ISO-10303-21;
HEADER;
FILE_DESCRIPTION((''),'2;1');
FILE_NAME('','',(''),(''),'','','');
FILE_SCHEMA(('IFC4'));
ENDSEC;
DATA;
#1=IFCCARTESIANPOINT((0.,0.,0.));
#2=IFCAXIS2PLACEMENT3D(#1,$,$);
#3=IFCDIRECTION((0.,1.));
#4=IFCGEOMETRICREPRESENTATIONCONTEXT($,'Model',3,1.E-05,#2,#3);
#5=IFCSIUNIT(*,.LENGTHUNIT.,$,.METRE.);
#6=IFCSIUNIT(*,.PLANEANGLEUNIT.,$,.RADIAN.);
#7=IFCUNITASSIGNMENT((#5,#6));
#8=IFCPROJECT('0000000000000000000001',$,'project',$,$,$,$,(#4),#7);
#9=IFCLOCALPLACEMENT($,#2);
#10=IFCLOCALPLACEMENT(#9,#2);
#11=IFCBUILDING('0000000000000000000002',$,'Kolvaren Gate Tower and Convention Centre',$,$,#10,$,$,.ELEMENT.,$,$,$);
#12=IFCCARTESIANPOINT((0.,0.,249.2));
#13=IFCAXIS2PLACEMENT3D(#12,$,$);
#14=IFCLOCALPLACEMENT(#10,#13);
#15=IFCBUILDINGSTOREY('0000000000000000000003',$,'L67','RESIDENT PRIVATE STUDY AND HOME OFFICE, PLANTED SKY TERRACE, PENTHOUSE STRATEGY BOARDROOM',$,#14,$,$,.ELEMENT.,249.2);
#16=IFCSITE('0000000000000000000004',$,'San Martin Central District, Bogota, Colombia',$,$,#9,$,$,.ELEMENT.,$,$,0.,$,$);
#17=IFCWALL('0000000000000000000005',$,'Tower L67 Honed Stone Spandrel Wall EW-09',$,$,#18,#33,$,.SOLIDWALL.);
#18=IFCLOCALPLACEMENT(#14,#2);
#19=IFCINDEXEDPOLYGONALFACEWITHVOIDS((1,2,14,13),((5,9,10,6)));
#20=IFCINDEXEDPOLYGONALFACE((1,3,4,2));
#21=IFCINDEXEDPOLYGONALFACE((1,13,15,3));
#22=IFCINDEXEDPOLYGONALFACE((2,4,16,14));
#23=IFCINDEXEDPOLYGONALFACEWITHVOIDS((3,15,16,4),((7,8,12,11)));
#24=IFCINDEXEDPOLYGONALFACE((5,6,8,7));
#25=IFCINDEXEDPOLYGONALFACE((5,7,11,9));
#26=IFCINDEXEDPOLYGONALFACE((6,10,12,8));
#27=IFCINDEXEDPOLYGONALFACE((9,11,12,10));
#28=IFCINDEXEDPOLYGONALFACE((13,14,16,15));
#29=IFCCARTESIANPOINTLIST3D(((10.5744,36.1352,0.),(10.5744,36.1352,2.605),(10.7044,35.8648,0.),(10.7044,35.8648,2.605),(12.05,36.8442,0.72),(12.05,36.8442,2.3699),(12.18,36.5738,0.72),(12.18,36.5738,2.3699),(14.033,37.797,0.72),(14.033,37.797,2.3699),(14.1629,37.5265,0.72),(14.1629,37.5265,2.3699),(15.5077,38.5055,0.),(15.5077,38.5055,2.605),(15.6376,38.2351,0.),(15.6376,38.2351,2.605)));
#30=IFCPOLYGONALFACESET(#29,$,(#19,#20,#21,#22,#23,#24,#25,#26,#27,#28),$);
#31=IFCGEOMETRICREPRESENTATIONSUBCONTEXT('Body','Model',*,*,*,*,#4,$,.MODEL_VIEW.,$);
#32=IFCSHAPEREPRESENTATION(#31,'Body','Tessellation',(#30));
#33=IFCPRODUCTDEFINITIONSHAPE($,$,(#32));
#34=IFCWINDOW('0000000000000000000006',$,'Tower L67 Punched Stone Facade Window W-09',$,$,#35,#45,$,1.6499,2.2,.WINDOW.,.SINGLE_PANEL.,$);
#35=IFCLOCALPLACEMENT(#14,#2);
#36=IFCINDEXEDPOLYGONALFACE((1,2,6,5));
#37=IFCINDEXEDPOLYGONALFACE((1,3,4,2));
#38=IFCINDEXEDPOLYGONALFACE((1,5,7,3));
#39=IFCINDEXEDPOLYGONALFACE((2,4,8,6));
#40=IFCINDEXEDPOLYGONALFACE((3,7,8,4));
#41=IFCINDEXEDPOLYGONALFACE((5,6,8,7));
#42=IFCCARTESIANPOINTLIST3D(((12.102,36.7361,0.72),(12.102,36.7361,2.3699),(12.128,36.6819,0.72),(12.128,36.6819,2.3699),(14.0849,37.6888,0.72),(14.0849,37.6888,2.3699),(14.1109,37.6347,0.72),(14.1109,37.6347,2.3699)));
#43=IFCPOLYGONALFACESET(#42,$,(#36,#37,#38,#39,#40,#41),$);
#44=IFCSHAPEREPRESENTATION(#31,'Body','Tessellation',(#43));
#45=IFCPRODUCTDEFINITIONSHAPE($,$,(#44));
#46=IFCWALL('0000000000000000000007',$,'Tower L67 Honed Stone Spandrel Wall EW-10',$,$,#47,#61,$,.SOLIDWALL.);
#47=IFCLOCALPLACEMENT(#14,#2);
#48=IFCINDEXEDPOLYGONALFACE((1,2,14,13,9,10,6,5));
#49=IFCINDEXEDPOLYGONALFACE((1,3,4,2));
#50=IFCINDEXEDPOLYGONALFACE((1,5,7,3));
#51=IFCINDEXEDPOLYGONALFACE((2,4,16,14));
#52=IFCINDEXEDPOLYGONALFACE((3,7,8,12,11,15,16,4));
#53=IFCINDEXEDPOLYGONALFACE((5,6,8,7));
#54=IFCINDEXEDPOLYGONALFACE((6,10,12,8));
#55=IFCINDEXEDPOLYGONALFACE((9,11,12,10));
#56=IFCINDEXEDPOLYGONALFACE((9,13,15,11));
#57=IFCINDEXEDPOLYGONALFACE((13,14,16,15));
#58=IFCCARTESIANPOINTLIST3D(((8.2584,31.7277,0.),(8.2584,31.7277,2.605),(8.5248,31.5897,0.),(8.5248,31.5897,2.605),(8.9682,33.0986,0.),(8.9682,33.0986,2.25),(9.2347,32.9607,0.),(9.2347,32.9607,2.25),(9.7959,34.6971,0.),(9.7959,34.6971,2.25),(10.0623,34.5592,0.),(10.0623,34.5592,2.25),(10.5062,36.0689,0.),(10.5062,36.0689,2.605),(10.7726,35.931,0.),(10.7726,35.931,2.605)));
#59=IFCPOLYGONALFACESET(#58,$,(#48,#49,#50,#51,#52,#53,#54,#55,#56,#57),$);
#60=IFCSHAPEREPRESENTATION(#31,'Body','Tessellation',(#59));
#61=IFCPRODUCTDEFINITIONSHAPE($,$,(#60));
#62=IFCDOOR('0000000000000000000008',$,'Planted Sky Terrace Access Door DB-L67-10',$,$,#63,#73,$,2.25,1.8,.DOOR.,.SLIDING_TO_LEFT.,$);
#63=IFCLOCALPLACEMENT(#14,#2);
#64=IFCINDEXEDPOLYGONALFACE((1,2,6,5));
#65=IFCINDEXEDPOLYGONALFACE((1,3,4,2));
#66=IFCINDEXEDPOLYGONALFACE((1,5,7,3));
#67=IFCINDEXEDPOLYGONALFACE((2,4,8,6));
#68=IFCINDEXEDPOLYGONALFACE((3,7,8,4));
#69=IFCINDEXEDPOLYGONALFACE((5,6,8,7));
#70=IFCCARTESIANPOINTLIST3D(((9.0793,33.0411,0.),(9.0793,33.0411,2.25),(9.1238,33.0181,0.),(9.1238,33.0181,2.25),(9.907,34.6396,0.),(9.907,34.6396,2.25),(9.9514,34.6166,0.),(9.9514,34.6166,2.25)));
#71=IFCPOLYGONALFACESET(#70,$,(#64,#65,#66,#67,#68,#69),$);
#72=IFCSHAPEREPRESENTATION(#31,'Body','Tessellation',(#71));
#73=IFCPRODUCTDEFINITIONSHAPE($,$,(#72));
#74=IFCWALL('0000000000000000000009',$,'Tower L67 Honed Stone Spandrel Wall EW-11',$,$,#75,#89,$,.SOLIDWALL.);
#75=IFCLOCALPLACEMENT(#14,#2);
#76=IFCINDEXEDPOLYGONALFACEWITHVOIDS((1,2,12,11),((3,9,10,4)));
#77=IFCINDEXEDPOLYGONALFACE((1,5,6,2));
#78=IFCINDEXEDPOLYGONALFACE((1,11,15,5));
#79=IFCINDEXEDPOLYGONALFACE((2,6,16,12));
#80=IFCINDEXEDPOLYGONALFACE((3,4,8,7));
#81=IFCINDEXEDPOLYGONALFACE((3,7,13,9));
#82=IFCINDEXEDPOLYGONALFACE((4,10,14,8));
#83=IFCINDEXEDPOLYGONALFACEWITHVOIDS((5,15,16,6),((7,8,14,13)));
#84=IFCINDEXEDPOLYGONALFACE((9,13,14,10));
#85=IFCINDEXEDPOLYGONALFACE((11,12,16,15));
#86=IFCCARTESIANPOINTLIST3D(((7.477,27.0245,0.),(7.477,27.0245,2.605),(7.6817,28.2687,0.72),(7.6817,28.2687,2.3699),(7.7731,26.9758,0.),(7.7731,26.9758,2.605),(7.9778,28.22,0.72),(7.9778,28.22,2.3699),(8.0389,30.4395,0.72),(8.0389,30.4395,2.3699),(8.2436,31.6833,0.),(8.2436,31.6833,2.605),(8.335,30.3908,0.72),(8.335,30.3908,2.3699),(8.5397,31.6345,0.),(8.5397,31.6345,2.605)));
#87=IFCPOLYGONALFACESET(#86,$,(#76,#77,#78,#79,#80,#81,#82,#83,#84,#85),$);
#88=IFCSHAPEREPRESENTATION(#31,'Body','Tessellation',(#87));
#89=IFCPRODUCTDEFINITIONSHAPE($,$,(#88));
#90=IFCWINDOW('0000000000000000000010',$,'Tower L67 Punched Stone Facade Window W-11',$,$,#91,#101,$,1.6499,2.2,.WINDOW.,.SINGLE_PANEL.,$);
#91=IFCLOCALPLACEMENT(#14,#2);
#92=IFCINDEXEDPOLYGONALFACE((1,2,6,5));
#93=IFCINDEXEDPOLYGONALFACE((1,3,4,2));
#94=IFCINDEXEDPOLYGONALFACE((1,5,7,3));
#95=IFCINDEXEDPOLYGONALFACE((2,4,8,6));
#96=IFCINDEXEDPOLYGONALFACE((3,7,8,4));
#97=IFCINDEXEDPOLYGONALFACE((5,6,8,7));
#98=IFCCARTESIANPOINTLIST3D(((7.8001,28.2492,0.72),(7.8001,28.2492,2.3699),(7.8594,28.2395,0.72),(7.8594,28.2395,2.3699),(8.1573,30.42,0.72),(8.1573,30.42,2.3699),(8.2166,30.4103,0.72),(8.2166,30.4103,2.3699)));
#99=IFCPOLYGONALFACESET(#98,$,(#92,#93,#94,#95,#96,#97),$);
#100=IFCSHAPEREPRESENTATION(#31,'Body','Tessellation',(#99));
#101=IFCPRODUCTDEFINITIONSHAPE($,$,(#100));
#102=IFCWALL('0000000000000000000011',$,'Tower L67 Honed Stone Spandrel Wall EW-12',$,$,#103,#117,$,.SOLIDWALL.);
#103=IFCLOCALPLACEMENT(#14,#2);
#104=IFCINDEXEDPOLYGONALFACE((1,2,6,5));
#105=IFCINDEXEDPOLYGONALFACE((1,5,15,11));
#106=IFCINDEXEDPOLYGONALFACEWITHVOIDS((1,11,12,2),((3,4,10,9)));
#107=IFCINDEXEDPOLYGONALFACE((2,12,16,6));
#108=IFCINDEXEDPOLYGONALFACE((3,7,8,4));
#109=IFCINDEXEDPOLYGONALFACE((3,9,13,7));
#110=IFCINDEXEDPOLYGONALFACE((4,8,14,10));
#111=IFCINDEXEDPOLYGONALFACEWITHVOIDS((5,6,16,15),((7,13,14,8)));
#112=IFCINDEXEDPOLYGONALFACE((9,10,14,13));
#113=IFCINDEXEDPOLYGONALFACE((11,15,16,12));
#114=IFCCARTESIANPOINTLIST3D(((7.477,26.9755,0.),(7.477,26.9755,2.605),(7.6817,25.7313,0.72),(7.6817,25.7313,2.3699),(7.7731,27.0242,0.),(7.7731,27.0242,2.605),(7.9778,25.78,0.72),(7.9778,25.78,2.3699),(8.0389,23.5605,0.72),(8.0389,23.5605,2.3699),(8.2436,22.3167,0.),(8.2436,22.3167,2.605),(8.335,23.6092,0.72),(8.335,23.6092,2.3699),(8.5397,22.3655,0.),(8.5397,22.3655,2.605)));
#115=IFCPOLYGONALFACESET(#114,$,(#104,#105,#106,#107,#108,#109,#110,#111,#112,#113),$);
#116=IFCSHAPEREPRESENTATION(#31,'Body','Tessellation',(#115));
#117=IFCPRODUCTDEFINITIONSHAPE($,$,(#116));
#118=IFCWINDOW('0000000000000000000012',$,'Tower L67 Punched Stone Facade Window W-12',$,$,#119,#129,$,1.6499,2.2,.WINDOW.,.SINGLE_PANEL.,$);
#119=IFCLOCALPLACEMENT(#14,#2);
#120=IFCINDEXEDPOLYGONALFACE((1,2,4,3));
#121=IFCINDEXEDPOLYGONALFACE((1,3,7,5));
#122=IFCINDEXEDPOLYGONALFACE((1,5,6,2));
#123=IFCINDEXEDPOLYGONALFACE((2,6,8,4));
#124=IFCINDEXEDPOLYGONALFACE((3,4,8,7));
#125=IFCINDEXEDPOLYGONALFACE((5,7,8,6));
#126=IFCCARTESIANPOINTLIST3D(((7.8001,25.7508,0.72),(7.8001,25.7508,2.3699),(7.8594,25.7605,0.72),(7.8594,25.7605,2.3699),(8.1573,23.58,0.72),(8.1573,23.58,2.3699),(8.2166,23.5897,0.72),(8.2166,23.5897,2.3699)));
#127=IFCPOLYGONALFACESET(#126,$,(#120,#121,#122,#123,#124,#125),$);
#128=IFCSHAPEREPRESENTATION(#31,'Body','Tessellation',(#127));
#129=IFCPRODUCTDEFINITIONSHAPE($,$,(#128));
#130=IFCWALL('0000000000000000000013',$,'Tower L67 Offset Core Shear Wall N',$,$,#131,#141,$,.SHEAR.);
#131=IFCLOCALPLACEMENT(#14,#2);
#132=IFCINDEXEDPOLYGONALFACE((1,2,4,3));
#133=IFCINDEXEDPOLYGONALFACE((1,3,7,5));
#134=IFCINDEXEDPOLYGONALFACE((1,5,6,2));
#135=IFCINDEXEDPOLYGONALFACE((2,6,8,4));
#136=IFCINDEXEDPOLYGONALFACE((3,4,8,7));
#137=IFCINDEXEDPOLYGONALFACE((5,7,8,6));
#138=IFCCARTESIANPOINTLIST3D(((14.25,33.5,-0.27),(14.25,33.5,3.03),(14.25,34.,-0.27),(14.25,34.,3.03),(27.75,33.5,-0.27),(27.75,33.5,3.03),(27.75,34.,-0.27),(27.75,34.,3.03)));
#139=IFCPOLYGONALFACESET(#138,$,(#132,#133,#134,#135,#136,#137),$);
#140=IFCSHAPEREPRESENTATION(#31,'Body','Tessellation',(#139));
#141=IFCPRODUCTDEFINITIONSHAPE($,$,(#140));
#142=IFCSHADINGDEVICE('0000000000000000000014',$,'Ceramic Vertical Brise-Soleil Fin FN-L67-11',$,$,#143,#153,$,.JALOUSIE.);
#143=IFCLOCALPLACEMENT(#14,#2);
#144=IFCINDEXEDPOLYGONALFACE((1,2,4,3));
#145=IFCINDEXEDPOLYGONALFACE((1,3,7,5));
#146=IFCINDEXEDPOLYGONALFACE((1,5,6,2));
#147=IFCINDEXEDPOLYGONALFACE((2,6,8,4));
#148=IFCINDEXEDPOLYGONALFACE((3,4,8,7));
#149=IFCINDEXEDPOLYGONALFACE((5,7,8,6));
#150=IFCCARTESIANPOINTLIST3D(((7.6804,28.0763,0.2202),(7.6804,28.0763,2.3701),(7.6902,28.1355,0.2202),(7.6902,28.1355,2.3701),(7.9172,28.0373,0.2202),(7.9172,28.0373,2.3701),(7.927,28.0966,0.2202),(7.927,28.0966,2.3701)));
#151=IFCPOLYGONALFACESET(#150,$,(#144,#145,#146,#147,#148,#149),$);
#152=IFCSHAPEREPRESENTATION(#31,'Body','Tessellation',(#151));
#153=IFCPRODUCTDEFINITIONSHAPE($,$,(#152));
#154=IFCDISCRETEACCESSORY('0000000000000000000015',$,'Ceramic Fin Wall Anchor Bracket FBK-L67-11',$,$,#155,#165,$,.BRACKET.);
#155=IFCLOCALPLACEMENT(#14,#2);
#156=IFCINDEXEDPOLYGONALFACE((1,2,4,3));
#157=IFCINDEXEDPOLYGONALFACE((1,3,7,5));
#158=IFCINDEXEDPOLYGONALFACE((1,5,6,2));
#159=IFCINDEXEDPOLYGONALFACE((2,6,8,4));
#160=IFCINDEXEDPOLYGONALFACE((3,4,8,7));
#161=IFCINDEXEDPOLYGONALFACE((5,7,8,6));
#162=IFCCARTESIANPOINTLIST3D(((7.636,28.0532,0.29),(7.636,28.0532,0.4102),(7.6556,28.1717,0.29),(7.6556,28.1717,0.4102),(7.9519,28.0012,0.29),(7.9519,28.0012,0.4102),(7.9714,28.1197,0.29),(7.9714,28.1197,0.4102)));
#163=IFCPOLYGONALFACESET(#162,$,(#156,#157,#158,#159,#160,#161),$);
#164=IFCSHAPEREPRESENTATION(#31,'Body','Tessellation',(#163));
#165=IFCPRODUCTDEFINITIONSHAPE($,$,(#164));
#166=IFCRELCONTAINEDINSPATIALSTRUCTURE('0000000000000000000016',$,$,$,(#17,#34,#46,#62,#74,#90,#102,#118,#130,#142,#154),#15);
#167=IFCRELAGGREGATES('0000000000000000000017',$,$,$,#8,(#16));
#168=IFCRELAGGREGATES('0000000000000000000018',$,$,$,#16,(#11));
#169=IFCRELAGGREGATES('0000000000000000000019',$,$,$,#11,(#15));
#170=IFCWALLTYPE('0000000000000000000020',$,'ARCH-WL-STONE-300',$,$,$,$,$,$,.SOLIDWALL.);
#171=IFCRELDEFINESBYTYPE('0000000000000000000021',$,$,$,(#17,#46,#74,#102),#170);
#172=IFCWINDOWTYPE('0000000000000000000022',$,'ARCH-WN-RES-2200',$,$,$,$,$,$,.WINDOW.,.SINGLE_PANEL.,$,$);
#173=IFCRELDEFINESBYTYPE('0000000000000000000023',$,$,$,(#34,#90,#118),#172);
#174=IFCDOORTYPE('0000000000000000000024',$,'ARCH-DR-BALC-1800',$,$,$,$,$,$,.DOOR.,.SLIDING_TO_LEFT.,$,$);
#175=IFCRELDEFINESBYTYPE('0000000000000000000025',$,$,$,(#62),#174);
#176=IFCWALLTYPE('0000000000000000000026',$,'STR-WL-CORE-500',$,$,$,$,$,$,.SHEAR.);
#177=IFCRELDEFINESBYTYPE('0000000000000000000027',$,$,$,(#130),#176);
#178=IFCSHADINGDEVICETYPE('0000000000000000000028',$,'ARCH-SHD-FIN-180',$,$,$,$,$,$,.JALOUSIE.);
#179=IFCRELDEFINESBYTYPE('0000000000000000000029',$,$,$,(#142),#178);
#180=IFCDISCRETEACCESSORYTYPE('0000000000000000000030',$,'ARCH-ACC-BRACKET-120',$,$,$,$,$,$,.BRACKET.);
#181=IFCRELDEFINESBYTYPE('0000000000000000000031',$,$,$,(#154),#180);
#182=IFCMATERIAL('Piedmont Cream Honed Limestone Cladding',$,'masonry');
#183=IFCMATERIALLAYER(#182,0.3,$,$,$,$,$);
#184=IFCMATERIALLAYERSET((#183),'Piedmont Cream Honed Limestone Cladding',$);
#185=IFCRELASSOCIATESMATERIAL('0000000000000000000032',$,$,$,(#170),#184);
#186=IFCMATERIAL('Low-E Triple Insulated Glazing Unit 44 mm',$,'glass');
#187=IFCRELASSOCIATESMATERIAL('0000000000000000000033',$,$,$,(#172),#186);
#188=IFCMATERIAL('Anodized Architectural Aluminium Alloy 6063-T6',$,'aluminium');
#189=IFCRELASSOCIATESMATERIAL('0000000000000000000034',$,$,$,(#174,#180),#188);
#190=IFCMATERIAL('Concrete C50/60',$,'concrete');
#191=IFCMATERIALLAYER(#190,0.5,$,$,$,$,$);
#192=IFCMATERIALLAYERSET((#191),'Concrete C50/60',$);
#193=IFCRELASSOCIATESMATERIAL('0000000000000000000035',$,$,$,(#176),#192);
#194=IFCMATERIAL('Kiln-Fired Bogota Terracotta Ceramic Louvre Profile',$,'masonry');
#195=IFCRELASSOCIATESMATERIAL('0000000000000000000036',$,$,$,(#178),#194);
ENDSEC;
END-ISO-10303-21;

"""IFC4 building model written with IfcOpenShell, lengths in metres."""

from ifc_helpers import new_model, si_unit, direction, frame, frame_2d, origin, origin_2d, place, context, subcontext, project, spatial, rectangle, extrude, material, layer, layer_set, type_object, element, fill, save


model = new_model("IFC4")

# Units and contexts
model_context = context("Model", 3, precision=1e-05, world=origin(), true_north=direction((0.0, 1.0)))
body_context = subcontext(model_context, "Body", "Model", "MODEL_VIEW")
ifc_project = project(units=[si_unit("LENGTHUNIT", "METRE"), si_unit("PLANEANGLEUNIT", "RADIAN")], contexts=[model_context])

# Site, building, storey
site_placement = place(None, origin())
site = spatial("IfcSite", under=ifc_project, at=site_placement, Name="San Martin Central District, Bogota, Colombia", CompositionType="ELEMENT", RefElevation=0.0)
building_placement = place(site_placement, origin())
building = spatial("IfcBuilding", under=site, at=building_placement, Name="Kolvaren Gate Tower and Convention Centre", CompositionType="ELEMENT")
storey_placement = place(building_placement, frame((0.0, 0.0, 249.2)))
storey = spatial("IfcBuildingStorey", under=building, at=storey_placement, Name="L67", Description="RESIDENT PRIVATE STUDY AND HOME OFFICE, PLANTED SKY TERRACE, PENTHOUSE STRATEGY BOARDROOM", CompositionType="ELEMENT", Elevation=249.2)

# Shared definitions
ifc_material_1 = material(Name="Piedmont Cream Honed Limestone Cladding", Category="masonry")

# Wall, opening, window
ifc_layer_1 = layer(ifc_material_1, 0.3)
ifc_layer_set_1 = layer_set([ifc_layer_1], Name="Piedmont Cream Honed Limestone Cladding")
wall_type_1 = type_object("IfcWallType", Name="ARCH-WL-STONE-300", PredefinedType="SOLIDWALL", material=ifc_layer_set_1)
wall_1_placement = place(storey_placement, frame((10.6394, 36.0, 0.0), z_axis=(0.0, 0.0, 1.0), x_axis=(0.901355, 0.433081, 0.0)))
wall_1 = element("IfcWall", 1, at=wall_1_placement, inside=storey, type_object=wall_type_1, Name="Tower L67 Honed Stone Spandrel Wall EW-09", PredefinedType="SOLIDWALL", context=body_context, shape_type="SweptSolid", body=[
    extrude(rectangle(XDim=5.4731, YDim=0.3, at=frame_2d((2.7366, 0.0))), origin(), (0.0, 0.0, 1.0), 2.605),
])
opening_1_placement = place(wall_1_placement, frame((1.637, 0.0, 0.72)))
opening_1 = element("IfcOpeningElement", 2, at=opening_1_placement, cuts=wall_1, PredefinedType="OPENING", context=body_context, shape_type="SweptSolid", body=[
    extrude(rectangle(XDim=2.2, YDim=1.6499, at=frame_2d((1.1001, 0.825))), frame((0.0, 0.1599, 0.0), z_axis=(0.0, -1.0, 0.0), x_axis=(1.0, 0.0, 0.0)), (0.0, 0.0, 1.0), 0.3201),
])
ifc_material_2 = material(Name="Low-E Triple Insulated Glazing Unit 44 mm", Category="glass")
window_type = type_object("IfcWindowType", Name="ARCH-WN-RES-2200", PartitioningType="SINGLE_PANEL", PredefinedType="WINDOW", material=ifc_material_2)
window_1_placement = place(opening_1_placement, origin())
window_1 = element("IfcWindow", 3, at=window_1_placement, inside=storey, type_object=window_type, Name="Tower L67 Punched Stone Facade Window W-09", OverallHeight=1.6499, OverallWidth=2.2, PartitioningType="SINGLE_PANEL", PredefinedType="WINDOW", context=body_context, shape_type="SweptSolid", body=[
    extrude(rectangle(XDim=2.2, YDim=1.6499, at=frame_2d((1.1001, 0.825))), frame((0.0, 0.03, 0.0), z_axis=(0.0, -1.0, 0.0), x_axis=(1.0, 0.0, 0.0)), (0.0, 0.0, 1.0), 0.0601),
])
fill(opening_1, window_1)

# Wall, opening, door
wall_2_placement = place(storey_placement, frame((8.3916, 31.6587, 0.0), z_axis=(0.0, 0.0, 1.0), x_axis=(0.459794, 0.888026, 0.0)))
wall_2 = element("IfcWall", 4, at=wall_2_placement, inside=storey, type_object=wall_type_1, Name="Tower L67 Honed Stone Spandrel Wall EW-10", PredefinedType="SOLIDWALL", context=body_context, shape_type="SweptSolid", body=[
    extrude(rectangle(XDim=4.8887, YDim=0.3, at=frame_2d((2.4443, 0.0))), origin(), (0.0, 0.0, 1.0), 2.605),
])
opening_2_placement = place(wall_2_placement, frame((1.5439, 0.0, 0.0)))
opening_2 = element("IfcOpeningElement", 5, at=opening_2_placement, cuts=wall_2, PredefinedType="OPENING", context=body_context, shape_type="SweptSolid", body=[
    extrude(rectangle(XDim=1.8, YDim=2.25, at=frame_2d((0.8999, 1.125))), frame((0.0, 0.1599, 0.0), z_axis=(0.0, -1.0, 0.0), x_axis=(1.0, 0.0, 0.0)), (0.0, 0.0, 1.0), 0.3201),
])
ifc_material_3 = material(Name="Anodized Architectural Aluminium Alloy 6063-T6", Category="aluminium")
door_type = type_object("IfcDoorType", Name="ARCH-DR-BALC-1800", OperationType="SLIDING_TO_LEFT", PredefinedType="DOOR", material=ifc_material_3)
door_placement = place(opening_2_placement, origin())
door = element("IfcDoor", 6, at=door_placement, inside=storey, type_object=door_type, Name="Planted Sky Terrace Access Door DB-L67-10", OperationType="SLIDING_TO_LEFT", OverallHeight=2.25, OverallWidth=1.8, PredefinedType="DOOR", context=body_context, shape_type="SweptSolid", body=[
    extrude(rectangle(XDim=1.8, YDim=2.25, at=frame_2d((0.8999, 1.125))), frame((0.0, 0.0249, 0.0), z_axis=(0.0, -1.0, 0.0), x_axis=(1.0, 0.0, 0.0)), (0.0, 0.0, 1.0), 0.05),
])
fill(opening_2, door)

# Walls, openings, windows
wall_3_placement = place(storey_placement, frame((7.625, 27.0, 0.0), z_axis=(0.0, 0.0, 1.0), x_axis=(0.162369, 0.98673, 0.0)))
wall_3 = element("IfcWall", 7, at=wall_3_placement, inside=storey, type_object=wall_type_1, Name="Tower L67 Honed Stone Spandrel Wall EW-11", PredefinedType="SOLIDWALL", context=body_context, shape_type="SweptSolid", body=[
    extrude(rectangle(XDim=4.7214, YDim=0.3, at=frame_2d((2.3608, 0.0))), origin(), (0.0, 0.0, 1.0), 2.605),
])
opening_3_placement = place(wall_3_placement, frame((1.261, 0.0, 0.72)))
opening_3 = element("IfcOpeningElement", 8, at=opening_3_placement, cuts=wall_3, PredefinedType="OPENING", context=body_context, shape_type="SweptSolid", body=[
    extrude(rectangle(XDim=2.2, YDim=1.6499, at=frame_2d((1.1001, 0.825))), frame((0.0, 0.1599, 0.0), z_axis=(0.0, -1.0, 0.0), x_axis=(1.0, 0.0, 0.0)), (0.0, 0.0, 1.0), 0.3201),
])
window_2_placement = place(opening_3_placement, origin())
window_2 = element("IfcWindow", 9, at=window_2_placement, inside=storey, type_object=window_type, Name="Tower L67 Punched Stone Facade Window W-11", OverallHeight=1.6499, OverallWidth=2.2, PartitioningType="SINGLE_PANEL", PredefinedType="WINDOW", context=body_context, shape_type="SweptSolid", body=[
    extrude(rectangle(XDim=2.2, YDim=1.6499, at=frame_2d((1.1001, 0.825))), frame((0.0, 0.03, 0.0), z_axis=(0.0, -1.0, 0.0), x_axis=(1.0, 0.0, 0.0)), (0.0, 0.0, 1.0), 0.0601),
])
fill(opening_3, window_2)
wall_4_placement = place(storey_placement, frame((7.625, 27.0, 0.0), z_axis=(0.0, 0.0, 1.0), x_axis=(0.162369, -0.98673, 0.0)))
wall_4 = element("IfcWall", 10, at=wall_4_placement, inside=storey, type_object=wall_type_1, Name="Tower L67 Honed Stone Spandrel Wall EW-12", PredefinedType="SOLIDWALL", context=body_context, shape_type="SweptSolid", body=[
    extrude(rectangle(XDim=4.7214, YDim=0.3, at=frame_2d((2.3608, 0.0))), origin(), (0.0, 0.0, 1.0), 2.605),
])
opening_4_placement = place(wall_4_placement, frame((1.261, 0.0, 0.72)))
opening_4 = element("IfcOpeningElement", 11, at=opening_4_placement, cuts=wall_4, PredefinedType="OPENING", context=body_context, shape_type="SweptSolid", body=[
    extrude(rectangle(XDim=2.2, YDim=1.6499, at=frame_2d((1.1001, 0.825))), frame((0.0, 0.1599, 0.0), z_axis=(0.0, -1.0, 0.0), x_axis=(1.0, 0.0, 0.0)), (0.0, 0.0, 1.0), 0.3201),
])
window_3_placement = place(opening_4_placement, origin())
window_3 = element("IfcWindow", 12, at=window_3_placement, inside=storey, type_object=window_type, Name="Tower L67 Punched Stone Facade Window W-12", OverallHeight=1.6499, OverallWidth=2.2, PartitioningType="SINGLE_PANEL", PredefinedType="WINDOW", context=body_context, shape_type="SweptSolid", body=[
    extrude(rectangle(XDim=2.2, YDim=1.6499, at=frame_2d((1.1001, 0.825))), frame((0.0, 0.03, 0.0), z_axis=(0.0, -1.0, 0.0), x_axis=(1.0, 0.0, 0.0)), (0.0, 0.0, 1.0), 0.0601),
])
fill(opening_4, window_3)

# Wall
ifc_material_4 = material(Name="Concrete C50/60", Category="concrete")
ifc_layer_2 = layer(ifc_material_4, 0.5)
ifc_layer_set_2 = layer_set([ifc_layer_2], Name="Concrete C50/60")
wall_type_2 = type_object("IfcWallType", Name="STR-WL-CORE-500", PredefinedType="SHEAR", material=ifc_layer_set_2)
wall_5_placement = place(storey_placement, frame((14.25, 33.75, -0.27), z_axis=(0.0, 0.0, 1.0), x_axis=(1.0, 0.0, 0.0)))
element("IfcWall", 13, at=wall_5_placement, inside=storey, type_object=wall_type_2, Name="Tower L67 Offset Core Shear Wall N", PredefinedType="SHEAR", context=body_context, shape_type="SweptSolid", body=[
    extrude(rectangle(XDim=13.5, YDim=0.5, at=frame_2d((6.75, 0.0))), origin(), (0.0, 0.0, 1.0), 3.3),
])

# Shading device
ifc_material_5 = material(Name="Kiln-Fired Bogota Terracotta Ceramic Louvre Profile", Category="masonry")
shading_device_type = type_object("IfcShadingDeviceType", Name="ARCH-SHD-FIN-180", PredefinedType="JALOUSIE", material=ifc_material_5)
shading_device_placement = place(storey_placement, frame((7.8037, 28.0864, 0.2202), z_axis=(0.0, 0.0, 1.0), x_axis=(0.162389, 0.986727, 0.0)))
element("IfcShadingDevice", 14, at=shading_device_placement, inside=storey, type_object=shading_device_type, Name="Ceramic Vertical Brise-Soleil Fin FN-L67-11", PredefinedType="JALOUSIE", context=body_context, shape_type="SweptSolid", body=[
    extrude(rectangle(XDim=0.0601, YDim=0.24, at=origin_2d()), origin(), (0.0, 0.0, 1.0), 2.1499),
])

# Discrete accessory
discrete_accessory_type = type_object("IfcDiscreteAccessoryType", Name="ARCH-ACC-BRACKET-120", PredefinedType="BRACKET", material=ifc_material_3)
discrete_accessory_placement = place(storey_placement, frame((7.8037, 28.0864, 0.29), z_axis=(0.0, 0.0, 1.0), x_axis=(0.162389, 0.986727, 0.0)))
element("IfcDiscreteAccessory", 15, at=discrete_accessory_placement, inside=storey, type_object=discrete_accessory_type, Name="Ceramic Fin Wall Anchor Bracket FBK-L67-11", PredefinedType="BRACKET", context=body_context, shape_type="SweptSolid", body=[
    extrude(rectangle(XDim=0.1201, YDim=0.3201, at=origin_2d()), origin(), (0.0, 0.0, 1.0), 0.1201),
])

save(model, "model.ifc")
